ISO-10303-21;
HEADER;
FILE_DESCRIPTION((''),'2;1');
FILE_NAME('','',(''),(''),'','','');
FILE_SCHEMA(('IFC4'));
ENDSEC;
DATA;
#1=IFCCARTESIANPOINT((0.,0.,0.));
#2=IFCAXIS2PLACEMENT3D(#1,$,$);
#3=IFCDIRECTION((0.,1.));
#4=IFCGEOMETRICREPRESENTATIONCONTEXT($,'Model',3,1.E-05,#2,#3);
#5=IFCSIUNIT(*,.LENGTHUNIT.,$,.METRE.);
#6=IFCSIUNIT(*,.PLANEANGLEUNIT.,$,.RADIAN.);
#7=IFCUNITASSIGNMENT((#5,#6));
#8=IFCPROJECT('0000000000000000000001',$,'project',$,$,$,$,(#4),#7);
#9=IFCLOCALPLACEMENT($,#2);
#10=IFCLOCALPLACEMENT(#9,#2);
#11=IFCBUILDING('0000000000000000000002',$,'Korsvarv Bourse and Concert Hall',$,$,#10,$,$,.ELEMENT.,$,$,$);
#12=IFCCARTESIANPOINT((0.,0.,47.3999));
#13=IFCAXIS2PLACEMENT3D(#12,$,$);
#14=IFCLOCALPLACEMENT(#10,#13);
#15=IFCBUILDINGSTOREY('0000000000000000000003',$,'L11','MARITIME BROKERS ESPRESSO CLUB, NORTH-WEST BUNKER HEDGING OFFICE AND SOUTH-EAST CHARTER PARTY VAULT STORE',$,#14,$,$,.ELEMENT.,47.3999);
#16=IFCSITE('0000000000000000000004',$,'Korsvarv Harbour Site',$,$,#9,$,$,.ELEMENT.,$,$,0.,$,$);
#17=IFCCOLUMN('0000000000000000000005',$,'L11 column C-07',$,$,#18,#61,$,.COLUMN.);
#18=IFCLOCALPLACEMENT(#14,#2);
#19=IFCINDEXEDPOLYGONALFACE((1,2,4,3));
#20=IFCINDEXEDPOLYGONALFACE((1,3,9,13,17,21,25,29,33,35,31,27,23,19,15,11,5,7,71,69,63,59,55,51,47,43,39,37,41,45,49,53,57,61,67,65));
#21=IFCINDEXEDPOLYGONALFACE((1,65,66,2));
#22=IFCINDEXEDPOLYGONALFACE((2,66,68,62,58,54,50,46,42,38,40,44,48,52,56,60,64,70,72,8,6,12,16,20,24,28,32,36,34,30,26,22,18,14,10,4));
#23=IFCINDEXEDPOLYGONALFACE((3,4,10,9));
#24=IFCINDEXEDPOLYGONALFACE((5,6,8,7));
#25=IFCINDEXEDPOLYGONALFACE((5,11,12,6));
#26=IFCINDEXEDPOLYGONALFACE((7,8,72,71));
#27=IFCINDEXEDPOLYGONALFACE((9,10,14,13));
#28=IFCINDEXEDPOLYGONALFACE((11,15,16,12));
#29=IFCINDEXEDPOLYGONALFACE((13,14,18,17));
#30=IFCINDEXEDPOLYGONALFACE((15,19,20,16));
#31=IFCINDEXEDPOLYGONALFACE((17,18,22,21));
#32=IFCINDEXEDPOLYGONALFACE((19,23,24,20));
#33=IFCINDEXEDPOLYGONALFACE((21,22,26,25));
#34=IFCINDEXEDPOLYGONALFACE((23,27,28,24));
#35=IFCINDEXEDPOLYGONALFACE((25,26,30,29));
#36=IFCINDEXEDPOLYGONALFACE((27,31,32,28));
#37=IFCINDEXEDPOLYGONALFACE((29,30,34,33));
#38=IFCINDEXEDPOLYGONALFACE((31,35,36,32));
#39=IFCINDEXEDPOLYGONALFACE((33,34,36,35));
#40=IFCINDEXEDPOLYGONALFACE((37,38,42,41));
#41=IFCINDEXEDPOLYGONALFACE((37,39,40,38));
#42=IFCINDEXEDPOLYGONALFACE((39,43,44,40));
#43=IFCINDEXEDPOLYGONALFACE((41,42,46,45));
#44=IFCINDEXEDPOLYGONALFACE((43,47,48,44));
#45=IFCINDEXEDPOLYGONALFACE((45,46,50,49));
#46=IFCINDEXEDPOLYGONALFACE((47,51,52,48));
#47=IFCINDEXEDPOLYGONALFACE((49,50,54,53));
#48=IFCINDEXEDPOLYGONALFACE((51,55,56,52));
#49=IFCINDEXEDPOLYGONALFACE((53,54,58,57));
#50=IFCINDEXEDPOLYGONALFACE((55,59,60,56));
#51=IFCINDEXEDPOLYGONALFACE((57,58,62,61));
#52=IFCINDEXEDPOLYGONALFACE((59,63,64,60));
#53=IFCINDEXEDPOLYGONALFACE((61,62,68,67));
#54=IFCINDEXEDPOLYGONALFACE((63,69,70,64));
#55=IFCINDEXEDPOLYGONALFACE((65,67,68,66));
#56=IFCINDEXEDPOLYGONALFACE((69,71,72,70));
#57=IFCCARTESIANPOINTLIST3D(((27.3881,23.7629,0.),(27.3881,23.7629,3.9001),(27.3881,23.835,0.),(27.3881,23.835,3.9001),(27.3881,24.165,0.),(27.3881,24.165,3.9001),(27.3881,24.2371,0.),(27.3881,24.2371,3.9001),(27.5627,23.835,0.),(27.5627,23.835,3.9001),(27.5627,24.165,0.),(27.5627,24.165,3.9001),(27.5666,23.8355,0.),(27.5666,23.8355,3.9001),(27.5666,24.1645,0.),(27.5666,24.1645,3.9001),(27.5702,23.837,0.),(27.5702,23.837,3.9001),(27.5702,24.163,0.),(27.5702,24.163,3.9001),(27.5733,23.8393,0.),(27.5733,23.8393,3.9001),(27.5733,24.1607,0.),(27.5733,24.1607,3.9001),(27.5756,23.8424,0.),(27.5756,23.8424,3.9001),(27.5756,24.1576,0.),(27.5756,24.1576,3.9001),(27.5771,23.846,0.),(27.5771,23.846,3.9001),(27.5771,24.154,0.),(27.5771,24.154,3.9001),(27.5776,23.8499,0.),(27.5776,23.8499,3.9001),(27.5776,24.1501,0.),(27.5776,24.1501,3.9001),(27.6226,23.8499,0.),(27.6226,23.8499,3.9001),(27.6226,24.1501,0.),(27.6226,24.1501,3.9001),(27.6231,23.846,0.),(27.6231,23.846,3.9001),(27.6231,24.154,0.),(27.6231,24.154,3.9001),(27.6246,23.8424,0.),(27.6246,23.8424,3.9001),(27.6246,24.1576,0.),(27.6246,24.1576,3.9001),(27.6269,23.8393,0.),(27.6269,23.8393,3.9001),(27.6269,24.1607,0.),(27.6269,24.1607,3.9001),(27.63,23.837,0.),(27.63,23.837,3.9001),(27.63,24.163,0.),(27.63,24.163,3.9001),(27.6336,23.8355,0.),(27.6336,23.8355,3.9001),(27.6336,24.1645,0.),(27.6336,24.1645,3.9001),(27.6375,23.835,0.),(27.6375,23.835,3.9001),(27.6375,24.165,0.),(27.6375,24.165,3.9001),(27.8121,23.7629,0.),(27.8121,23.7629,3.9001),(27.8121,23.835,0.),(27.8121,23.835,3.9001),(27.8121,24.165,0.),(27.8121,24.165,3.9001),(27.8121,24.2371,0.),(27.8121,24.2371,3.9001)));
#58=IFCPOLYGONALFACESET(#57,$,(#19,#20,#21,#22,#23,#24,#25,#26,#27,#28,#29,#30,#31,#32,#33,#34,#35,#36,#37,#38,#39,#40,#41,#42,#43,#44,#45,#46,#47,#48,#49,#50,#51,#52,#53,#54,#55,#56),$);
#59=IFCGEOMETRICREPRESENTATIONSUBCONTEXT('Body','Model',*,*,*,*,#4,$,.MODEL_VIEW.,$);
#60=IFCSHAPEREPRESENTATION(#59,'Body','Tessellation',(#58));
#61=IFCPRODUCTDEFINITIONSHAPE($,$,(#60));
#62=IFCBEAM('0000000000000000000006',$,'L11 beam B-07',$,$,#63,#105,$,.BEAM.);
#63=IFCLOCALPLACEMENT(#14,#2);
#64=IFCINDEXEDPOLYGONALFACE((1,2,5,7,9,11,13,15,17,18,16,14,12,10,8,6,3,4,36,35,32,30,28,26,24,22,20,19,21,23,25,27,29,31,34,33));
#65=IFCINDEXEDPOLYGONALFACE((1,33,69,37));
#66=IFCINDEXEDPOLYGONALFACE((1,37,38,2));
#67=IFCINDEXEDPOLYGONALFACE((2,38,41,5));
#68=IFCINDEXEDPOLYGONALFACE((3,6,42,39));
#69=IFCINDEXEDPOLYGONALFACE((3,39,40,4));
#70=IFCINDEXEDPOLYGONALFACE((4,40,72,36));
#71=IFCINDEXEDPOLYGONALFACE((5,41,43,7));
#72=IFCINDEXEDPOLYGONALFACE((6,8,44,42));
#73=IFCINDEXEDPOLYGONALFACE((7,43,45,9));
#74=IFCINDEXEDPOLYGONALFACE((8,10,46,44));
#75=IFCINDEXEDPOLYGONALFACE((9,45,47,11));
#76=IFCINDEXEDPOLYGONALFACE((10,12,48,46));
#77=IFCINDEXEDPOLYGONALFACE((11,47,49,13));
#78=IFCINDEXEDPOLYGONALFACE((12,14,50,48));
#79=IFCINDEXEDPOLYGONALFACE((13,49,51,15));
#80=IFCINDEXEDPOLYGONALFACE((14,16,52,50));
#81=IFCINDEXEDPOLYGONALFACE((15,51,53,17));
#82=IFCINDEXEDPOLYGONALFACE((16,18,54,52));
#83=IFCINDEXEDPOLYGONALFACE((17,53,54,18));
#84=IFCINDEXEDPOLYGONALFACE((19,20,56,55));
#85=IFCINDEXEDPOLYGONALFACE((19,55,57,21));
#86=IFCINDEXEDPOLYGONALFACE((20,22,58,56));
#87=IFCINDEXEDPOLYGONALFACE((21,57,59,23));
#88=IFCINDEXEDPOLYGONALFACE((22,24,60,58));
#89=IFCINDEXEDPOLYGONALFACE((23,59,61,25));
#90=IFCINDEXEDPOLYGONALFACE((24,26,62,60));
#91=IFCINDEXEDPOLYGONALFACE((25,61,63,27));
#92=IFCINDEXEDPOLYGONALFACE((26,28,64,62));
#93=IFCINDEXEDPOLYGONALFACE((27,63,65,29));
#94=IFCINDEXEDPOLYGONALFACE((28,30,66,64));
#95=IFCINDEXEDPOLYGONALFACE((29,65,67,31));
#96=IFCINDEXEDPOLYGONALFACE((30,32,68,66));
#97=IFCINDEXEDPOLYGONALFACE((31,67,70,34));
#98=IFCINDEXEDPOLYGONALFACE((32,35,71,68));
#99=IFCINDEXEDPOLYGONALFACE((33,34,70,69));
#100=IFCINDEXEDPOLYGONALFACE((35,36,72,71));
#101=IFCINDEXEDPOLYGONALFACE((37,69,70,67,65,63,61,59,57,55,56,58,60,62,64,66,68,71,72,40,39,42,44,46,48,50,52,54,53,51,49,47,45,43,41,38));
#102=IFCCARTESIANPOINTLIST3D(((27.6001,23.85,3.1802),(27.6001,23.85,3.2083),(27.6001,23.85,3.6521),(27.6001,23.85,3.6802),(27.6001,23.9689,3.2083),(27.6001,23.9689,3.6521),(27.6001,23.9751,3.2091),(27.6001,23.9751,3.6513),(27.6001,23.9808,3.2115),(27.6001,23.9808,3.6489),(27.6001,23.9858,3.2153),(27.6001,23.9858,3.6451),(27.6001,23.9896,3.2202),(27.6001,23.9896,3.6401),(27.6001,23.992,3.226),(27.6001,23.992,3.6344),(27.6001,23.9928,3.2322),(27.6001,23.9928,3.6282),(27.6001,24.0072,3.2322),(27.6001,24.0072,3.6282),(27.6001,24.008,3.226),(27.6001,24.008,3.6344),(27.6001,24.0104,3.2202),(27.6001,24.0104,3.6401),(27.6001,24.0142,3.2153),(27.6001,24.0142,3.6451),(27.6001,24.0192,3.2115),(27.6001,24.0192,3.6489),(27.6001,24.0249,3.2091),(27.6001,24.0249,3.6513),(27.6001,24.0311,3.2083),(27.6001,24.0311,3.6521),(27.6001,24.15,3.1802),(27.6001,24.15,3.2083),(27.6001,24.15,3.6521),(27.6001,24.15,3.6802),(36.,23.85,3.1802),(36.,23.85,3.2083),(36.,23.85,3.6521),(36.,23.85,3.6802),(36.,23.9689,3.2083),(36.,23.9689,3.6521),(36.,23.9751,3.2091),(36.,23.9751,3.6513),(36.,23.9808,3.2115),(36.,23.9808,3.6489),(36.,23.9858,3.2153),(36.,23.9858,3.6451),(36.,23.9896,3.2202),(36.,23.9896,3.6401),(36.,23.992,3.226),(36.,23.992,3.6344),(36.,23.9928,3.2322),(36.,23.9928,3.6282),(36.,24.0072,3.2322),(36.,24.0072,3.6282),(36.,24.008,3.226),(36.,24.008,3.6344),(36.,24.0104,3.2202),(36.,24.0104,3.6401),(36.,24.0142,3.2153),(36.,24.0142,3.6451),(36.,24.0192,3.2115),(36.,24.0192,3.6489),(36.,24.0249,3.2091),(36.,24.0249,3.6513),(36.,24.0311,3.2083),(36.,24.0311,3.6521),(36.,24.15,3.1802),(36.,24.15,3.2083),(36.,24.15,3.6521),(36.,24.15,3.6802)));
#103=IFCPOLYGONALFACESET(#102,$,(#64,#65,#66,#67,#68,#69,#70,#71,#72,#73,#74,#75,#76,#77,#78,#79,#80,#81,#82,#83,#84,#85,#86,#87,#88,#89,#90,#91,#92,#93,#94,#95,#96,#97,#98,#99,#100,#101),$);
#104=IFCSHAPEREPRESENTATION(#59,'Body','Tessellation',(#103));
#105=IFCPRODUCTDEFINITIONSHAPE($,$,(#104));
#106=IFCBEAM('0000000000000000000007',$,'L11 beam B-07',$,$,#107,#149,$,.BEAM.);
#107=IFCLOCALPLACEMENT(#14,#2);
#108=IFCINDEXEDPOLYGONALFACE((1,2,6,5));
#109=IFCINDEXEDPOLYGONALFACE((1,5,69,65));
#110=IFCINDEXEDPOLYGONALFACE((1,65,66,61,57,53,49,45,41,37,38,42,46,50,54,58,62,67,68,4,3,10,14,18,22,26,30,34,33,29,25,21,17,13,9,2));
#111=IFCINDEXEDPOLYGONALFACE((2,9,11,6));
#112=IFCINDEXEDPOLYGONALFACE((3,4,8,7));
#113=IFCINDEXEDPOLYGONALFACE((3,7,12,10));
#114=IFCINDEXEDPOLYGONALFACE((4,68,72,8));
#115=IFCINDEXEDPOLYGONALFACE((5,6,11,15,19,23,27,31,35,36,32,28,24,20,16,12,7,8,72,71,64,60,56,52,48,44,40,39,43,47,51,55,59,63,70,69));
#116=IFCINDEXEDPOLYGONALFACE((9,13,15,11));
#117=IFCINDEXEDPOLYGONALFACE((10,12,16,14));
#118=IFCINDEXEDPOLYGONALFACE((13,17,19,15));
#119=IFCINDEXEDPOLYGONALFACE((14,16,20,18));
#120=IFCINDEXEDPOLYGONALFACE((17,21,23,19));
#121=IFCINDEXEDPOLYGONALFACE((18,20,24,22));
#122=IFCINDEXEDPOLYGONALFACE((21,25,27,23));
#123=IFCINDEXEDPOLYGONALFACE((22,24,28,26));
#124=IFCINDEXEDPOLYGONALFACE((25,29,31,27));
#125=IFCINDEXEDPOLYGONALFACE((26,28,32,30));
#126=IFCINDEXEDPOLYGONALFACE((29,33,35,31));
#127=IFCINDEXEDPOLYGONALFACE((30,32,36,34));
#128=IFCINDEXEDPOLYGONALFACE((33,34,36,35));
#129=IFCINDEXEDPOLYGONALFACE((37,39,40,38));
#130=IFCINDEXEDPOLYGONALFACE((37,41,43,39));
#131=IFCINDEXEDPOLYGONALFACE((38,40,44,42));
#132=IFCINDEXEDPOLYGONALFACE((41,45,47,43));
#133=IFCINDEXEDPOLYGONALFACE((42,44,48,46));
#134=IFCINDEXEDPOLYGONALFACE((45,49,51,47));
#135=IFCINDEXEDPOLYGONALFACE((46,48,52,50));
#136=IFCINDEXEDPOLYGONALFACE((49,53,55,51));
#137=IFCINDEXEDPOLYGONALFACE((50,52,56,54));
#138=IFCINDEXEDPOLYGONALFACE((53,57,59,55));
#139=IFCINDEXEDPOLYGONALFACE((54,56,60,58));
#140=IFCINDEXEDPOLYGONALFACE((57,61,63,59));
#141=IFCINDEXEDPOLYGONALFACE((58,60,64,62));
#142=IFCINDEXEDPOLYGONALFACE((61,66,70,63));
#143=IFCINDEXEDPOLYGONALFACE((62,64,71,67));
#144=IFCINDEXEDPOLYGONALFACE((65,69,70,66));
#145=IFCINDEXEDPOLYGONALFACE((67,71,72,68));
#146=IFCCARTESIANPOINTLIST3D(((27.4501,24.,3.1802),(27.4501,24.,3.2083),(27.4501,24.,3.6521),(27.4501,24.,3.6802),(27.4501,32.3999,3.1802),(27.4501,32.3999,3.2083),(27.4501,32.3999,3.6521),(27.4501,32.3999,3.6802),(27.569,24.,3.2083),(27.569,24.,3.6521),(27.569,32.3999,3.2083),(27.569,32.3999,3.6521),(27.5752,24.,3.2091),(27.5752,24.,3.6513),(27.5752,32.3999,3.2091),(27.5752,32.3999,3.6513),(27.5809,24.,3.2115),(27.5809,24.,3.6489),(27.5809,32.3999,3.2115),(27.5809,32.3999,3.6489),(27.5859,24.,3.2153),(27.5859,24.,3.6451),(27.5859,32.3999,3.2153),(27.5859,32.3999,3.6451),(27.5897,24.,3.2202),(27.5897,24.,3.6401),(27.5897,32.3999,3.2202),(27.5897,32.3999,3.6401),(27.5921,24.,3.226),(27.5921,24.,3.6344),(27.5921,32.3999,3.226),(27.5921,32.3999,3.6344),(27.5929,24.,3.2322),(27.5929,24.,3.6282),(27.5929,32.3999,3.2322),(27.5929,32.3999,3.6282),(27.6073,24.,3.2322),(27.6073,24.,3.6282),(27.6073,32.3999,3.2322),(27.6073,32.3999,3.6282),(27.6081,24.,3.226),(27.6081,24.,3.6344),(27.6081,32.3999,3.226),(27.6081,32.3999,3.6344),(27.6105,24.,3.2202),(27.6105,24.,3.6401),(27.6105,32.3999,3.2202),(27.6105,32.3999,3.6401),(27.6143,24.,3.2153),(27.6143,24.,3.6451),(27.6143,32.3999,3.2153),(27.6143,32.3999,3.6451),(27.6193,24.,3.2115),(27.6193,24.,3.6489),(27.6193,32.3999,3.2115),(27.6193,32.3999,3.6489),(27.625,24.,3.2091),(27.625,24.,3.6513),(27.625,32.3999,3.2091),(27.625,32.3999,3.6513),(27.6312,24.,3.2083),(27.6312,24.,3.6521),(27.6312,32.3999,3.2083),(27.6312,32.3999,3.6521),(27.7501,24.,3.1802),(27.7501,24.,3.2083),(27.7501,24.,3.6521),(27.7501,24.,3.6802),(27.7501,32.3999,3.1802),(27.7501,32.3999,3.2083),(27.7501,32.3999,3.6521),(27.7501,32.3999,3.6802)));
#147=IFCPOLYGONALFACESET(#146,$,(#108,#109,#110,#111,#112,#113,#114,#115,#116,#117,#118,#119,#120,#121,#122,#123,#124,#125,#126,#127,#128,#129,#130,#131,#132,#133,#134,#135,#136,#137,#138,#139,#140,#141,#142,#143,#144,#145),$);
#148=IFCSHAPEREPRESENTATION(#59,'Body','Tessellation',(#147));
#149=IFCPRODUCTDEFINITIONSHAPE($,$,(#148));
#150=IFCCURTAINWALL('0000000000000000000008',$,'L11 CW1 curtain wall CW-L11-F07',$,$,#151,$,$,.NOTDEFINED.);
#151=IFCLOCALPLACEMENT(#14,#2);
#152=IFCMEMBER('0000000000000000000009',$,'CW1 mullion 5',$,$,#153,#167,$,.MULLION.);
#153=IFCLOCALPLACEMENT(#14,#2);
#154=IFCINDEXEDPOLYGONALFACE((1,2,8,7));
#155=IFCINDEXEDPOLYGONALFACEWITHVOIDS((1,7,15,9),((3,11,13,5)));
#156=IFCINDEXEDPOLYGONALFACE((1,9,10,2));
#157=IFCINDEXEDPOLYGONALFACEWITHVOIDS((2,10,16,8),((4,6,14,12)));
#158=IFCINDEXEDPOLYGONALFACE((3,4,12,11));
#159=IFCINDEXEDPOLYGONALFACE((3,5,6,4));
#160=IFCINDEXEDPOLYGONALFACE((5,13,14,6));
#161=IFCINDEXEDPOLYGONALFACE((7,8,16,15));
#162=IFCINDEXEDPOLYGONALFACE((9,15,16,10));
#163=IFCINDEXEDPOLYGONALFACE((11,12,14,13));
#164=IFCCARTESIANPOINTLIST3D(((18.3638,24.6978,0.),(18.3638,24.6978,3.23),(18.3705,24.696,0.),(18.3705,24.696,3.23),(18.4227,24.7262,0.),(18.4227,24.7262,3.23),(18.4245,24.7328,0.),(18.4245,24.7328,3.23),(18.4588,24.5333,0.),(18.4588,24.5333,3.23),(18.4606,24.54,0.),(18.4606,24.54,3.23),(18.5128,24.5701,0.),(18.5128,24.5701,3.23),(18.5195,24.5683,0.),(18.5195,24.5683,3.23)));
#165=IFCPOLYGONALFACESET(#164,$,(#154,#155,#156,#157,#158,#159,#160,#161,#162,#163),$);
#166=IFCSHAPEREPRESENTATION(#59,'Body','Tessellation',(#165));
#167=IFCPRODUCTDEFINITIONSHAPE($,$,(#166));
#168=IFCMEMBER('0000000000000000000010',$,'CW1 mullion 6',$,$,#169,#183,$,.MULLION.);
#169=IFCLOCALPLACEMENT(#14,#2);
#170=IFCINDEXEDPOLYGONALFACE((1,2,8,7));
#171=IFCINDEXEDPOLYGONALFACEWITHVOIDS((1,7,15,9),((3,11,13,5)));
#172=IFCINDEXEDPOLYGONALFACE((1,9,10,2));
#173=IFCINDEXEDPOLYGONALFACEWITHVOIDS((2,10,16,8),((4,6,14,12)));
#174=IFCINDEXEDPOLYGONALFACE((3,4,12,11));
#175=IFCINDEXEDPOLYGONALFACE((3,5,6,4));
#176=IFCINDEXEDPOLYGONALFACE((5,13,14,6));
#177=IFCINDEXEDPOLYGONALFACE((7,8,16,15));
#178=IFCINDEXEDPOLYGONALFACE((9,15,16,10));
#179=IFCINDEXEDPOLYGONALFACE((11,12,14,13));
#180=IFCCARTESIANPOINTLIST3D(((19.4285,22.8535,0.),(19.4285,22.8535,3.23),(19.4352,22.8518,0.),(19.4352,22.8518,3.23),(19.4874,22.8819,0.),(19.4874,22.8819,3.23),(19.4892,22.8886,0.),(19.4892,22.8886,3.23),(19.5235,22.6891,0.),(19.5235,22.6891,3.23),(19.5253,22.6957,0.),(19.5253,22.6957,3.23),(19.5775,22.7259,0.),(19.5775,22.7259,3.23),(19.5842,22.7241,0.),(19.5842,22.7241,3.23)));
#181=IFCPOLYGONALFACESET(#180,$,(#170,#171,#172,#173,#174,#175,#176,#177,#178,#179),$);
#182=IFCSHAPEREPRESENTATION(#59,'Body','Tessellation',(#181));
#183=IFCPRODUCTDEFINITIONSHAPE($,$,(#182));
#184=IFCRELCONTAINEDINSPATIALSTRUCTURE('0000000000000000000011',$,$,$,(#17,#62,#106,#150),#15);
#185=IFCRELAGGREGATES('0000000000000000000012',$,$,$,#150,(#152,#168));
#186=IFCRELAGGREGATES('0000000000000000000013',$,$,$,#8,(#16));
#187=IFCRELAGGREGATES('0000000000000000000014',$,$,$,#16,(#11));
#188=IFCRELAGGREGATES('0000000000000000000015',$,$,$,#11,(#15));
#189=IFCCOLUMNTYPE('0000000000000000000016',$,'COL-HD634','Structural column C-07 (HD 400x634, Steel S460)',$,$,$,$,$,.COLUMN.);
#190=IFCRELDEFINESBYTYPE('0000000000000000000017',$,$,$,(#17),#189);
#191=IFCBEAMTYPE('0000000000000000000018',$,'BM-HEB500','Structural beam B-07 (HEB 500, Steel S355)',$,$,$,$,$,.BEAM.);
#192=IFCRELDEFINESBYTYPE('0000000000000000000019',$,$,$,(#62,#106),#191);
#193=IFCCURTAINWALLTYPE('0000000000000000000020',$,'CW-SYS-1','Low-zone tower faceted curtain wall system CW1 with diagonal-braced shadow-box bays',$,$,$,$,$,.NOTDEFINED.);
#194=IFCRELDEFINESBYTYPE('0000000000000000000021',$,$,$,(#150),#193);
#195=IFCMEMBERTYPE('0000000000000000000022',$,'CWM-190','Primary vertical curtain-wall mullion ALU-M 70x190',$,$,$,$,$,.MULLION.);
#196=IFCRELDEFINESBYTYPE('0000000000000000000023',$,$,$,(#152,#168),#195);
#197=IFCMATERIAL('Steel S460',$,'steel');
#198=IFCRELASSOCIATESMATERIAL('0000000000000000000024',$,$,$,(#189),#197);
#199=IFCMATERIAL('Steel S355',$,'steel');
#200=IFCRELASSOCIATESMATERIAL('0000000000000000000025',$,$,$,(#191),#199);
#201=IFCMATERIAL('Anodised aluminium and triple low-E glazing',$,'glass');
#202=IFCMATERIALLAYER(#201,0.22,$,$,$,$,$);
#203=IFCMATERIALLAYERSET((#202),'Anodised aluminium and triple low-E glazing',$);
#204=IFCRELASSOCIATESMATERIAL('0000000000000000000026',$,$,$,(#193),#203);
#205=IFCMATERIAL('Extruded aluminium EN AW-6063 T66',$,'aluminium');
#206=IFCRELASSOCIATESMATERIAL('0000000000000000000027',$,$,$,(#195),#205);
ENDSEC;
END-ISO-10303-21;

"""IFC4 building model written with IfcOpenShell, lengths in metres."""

from ifc_helpers import new_model, si_unit, direction, frame, origin, origin_2d, place, context, subcontext, project, spatial, hollow_rectangle, i_section, extrude, source, transform, mapped, material, layer, layer_set, material_profile, profile_set, type_object, element, aggregate, save


model = new_model("IFC4")

# Units and contexts
model_context = context("Model", 3, precision=1e-05, world=origin(), true_north=direction((0.0, 1.0)))
body_context = subcontext(model_context, "Body", "Model", "MODEL_VIEW")
ifc_project = project(units=[si_unit("LENGTHUNIT", "METRE"), si_unit("PLANEANGLEUNIT", "RADIAN")], contexts=[model_context])

# Site, building, storey
site_placement = place(None, origin())
site = spatial("IfcSite", under=ifc_project, at=site_placement, Name="Korsvarv Harbour Site", CompositionType="ELEMENT", RefElevation=0.0)
building_placement = place(site_placement, origin())
building = spatial("IfcBuilding", under=site, at=building_placement, Name="Korsvarv Bourse and Concert Hall", CompositionType="ELEMENT")
storey_placement = place(building_placement, frame((0.0, 0.0, 47.3999)))
storey = spatial("IfcBuildingStorey", under=building, at=storey_placement, Name="L11", Description="MARITIME BROKERS ESPRESSO CLUB, NORTH-WEST BUNKER HEDGING OFFICE AND SOUTH-EAST CHARTER PARTY VAULT STORE", CompositionType="ELEMENT", Elevation=47.3999)

# Column
ifc_material_1 = material(Name="Steel S460", Category="steel")
ifc_material_profile_1 = material_profile(ifc_material_1, i_section(OverallWidth=0.4241, OverallDepth=0.4741, WebThickness=0.0449, FlangeThickness=0.072, FilletRadius=0.0149, at=origin_2d()), Name="HD 400x634")
ifc_profile_set_1 = profile_set([ifc_material_profile_1], Name="Steel S460")
column_type = type_object("IfcColumnType", Name="COL-HD634", Description="Structural column C-07 (HD 400x634, Steel S460)", PredefinedType="COLUMN", material=ifc_profile_set_1)
shared_shape_1 = source(origin(), body_context, "Body", "SweptSolid", [
    extrude(i_section(OverallWidth=0.4241, OverallDepth=0.4741, WebThickness=0.0449, FlangeThickness=0.072, FilletRadius=0.0149, at=origin_2d()), origin(), (0.0, 0.0, 1.0), 3.9001),
])
column_placement = place(storey_placement, frame((27.6001, 24.0, 0.0), z_axis=(0.0, 0.0, 1.0), x_axis=(1.0, 0.0, 0.0)))
element("IfcColumn", 1, at=column_placement, inside=storey, type_object=column_type, Name="L11 column C-07", PredefinedType="COLUMN", context=body_context, shape_type="MappedRepresentation", body=[
    mapped(shared_shape_1, transform((0.0, 0.0, 0.0), scale=1.0)),
])

# Beams
ifc_material_2 = material(Name="Steel S355", Category="steel")
ifc_material_profile_2 = material_profile(ifc_material_2, i_section(OverallWidth=0.3, OverallDepth=0.5, WebThickness=0.0144, FlangeThickness=0.0281, FilletRadius=0.0239, at=origin_2d()), Name="HEB 500")
ifc_profile_set_2 = profile_set([ifc_material_profile_2], Name="Steel S355")
beam_type = type_object("IfcBeamType", Name="BM-HEB500", Description="Structural beam B-07 (HEB 500, Steel S355)", PredefinedType="BEAM", material=ifc_profile_set_2)
shared_shape_2 = source(origin(), body_context, "Body", "SweptSolid", [
    extrude(i_section(OverallWidth=0.3, OverallDepth=0.5, WebThickness=0.0144, FlangeThickness=0.0281, FilletRadius=0.0239, at=origin_2d()), origin(), (0.0, 0.0, 1.0), 8.3999),
])
for number, where, z_axis, x_axis, name in (
    (2, (27.6001, 24.0, 3.4302), (1.0, 0.0, 0.0), (0.0, 1.0, 0.0), "L11 beam B-07"),
    (3, (27.6001, 24.0, 3.4302), (0.0, 1.0, 0.0), (-1.0, 0.0, 0.0), "L11 beam B-07"),
):
    element("IfcBeam", number, at=place(storey_placement, frame(where, z_axis=z_axis, x_axis=x_axis)), inside=storey, type_object=beam_type, Name=name, PredefinedType="BEAM", context=body_context, shape_type="MappedRepresentation", body=[
        mapped(shared_shape_2, transform((0.0, 0.0, 0.0), scale=1.0)),
    ])

# Curtain wall, members
ifc_material_3 = material(Name="Anodised aluminium and triple low-E glazing", Category="glass")
ifc_layer_1 = layer(ifc_material_3, 0.22)
ifc_layer_set_1 = layer_set([ifc_layer_1], Name="Anodised aluminium and triple low-E glazing")
curtain_wall_type = type_object("IfcCurtainWallType", Name="CW-SYS-1", Description="Low-zone tower faceted curtain wall system CW1 with diagonal-braced shadow-box bays", PredefinedType="NOTDEFINED", material=ifc_layer_set_1)
curtain_wall_placement = place(storey_placement, origin())
curtain_wall = element("IfcCurtainWall", 4, at=curtain_wall_placement, inside=storey, type_object=curtain_wall_type, Name="L11 CW1 curtain wall CW-L11-F07", PredefinedType="NOTDEFINED")
ifc_material_4 = material(Name="Extruded aluminium EN AW-6063 T66", Category="aluminium")
ifc_material_profile_3 = material_profile(ifc_material_4, hollow_rectangle(XDim=0.0701, YDim=0.1899, WallThickness=0.0049, at=origin_2d()), Name="ALU-M 70x190")
ifc_profile_set_3 = profile_set([ifc_material_profile_3], Name="Extruded aluminium EN AW-6063 T66")
member_type_1 = type_object("IfcMemberType", Name="CWM-190", Description="Primary vertical curtain-wall mullion ALU-M 70x190", PredefinedType="MULLION", material=ifc_profile_set_3)
shared_shape_3 = source(origin(), body_context, "Body", "SweptSolid", [
    extrude(hollow_rectangle(XDim=0.0701, YDim=0.1899, WallThickness=0.0049, at=origin_2d()), origin(), (0.0, 0.0, 1.0), 3.23),
])
member_1_placement = place(storey_placement, frame((18.4417, 24.6331, 0.0), z_axis=(0.0, 0.0, 1.0), x_axis=(0.866025, 0.5, 0.0)))
member_1 = element("IfcMember", 5, at=member_1_placement, type_object=member_type_1, Name="CW1 mullion 5", PredefinedType="MULLION", context=body_context, shape_type="MappedRepresentation", body=[
    mapped(shared_shape_3, transform((0.0, 0.0, 0.0), scale=1.0)),
])
member_2_placement = place(storey_placement, frame((19.5063, 22.7888, 0.0), z_axis=(0.0, 0.0, 1.0), x_axis=(0.866025, 0.5, 0.0)))
member_2 = element("IfcMember", 6, at=member_2_placement, type_object=member_type_1, Name="CW1 mullion 6", PredefinedType="MULLION", context=body_context, shape_type="MappedRepresentation", body=[
    mapped(shared_shape_3, transform((0.0, 0.0, 0.0), scale=1.0)),
])
aggregate(curtain_wall, [member_1, member_2])

save(model, "model.ifc")
